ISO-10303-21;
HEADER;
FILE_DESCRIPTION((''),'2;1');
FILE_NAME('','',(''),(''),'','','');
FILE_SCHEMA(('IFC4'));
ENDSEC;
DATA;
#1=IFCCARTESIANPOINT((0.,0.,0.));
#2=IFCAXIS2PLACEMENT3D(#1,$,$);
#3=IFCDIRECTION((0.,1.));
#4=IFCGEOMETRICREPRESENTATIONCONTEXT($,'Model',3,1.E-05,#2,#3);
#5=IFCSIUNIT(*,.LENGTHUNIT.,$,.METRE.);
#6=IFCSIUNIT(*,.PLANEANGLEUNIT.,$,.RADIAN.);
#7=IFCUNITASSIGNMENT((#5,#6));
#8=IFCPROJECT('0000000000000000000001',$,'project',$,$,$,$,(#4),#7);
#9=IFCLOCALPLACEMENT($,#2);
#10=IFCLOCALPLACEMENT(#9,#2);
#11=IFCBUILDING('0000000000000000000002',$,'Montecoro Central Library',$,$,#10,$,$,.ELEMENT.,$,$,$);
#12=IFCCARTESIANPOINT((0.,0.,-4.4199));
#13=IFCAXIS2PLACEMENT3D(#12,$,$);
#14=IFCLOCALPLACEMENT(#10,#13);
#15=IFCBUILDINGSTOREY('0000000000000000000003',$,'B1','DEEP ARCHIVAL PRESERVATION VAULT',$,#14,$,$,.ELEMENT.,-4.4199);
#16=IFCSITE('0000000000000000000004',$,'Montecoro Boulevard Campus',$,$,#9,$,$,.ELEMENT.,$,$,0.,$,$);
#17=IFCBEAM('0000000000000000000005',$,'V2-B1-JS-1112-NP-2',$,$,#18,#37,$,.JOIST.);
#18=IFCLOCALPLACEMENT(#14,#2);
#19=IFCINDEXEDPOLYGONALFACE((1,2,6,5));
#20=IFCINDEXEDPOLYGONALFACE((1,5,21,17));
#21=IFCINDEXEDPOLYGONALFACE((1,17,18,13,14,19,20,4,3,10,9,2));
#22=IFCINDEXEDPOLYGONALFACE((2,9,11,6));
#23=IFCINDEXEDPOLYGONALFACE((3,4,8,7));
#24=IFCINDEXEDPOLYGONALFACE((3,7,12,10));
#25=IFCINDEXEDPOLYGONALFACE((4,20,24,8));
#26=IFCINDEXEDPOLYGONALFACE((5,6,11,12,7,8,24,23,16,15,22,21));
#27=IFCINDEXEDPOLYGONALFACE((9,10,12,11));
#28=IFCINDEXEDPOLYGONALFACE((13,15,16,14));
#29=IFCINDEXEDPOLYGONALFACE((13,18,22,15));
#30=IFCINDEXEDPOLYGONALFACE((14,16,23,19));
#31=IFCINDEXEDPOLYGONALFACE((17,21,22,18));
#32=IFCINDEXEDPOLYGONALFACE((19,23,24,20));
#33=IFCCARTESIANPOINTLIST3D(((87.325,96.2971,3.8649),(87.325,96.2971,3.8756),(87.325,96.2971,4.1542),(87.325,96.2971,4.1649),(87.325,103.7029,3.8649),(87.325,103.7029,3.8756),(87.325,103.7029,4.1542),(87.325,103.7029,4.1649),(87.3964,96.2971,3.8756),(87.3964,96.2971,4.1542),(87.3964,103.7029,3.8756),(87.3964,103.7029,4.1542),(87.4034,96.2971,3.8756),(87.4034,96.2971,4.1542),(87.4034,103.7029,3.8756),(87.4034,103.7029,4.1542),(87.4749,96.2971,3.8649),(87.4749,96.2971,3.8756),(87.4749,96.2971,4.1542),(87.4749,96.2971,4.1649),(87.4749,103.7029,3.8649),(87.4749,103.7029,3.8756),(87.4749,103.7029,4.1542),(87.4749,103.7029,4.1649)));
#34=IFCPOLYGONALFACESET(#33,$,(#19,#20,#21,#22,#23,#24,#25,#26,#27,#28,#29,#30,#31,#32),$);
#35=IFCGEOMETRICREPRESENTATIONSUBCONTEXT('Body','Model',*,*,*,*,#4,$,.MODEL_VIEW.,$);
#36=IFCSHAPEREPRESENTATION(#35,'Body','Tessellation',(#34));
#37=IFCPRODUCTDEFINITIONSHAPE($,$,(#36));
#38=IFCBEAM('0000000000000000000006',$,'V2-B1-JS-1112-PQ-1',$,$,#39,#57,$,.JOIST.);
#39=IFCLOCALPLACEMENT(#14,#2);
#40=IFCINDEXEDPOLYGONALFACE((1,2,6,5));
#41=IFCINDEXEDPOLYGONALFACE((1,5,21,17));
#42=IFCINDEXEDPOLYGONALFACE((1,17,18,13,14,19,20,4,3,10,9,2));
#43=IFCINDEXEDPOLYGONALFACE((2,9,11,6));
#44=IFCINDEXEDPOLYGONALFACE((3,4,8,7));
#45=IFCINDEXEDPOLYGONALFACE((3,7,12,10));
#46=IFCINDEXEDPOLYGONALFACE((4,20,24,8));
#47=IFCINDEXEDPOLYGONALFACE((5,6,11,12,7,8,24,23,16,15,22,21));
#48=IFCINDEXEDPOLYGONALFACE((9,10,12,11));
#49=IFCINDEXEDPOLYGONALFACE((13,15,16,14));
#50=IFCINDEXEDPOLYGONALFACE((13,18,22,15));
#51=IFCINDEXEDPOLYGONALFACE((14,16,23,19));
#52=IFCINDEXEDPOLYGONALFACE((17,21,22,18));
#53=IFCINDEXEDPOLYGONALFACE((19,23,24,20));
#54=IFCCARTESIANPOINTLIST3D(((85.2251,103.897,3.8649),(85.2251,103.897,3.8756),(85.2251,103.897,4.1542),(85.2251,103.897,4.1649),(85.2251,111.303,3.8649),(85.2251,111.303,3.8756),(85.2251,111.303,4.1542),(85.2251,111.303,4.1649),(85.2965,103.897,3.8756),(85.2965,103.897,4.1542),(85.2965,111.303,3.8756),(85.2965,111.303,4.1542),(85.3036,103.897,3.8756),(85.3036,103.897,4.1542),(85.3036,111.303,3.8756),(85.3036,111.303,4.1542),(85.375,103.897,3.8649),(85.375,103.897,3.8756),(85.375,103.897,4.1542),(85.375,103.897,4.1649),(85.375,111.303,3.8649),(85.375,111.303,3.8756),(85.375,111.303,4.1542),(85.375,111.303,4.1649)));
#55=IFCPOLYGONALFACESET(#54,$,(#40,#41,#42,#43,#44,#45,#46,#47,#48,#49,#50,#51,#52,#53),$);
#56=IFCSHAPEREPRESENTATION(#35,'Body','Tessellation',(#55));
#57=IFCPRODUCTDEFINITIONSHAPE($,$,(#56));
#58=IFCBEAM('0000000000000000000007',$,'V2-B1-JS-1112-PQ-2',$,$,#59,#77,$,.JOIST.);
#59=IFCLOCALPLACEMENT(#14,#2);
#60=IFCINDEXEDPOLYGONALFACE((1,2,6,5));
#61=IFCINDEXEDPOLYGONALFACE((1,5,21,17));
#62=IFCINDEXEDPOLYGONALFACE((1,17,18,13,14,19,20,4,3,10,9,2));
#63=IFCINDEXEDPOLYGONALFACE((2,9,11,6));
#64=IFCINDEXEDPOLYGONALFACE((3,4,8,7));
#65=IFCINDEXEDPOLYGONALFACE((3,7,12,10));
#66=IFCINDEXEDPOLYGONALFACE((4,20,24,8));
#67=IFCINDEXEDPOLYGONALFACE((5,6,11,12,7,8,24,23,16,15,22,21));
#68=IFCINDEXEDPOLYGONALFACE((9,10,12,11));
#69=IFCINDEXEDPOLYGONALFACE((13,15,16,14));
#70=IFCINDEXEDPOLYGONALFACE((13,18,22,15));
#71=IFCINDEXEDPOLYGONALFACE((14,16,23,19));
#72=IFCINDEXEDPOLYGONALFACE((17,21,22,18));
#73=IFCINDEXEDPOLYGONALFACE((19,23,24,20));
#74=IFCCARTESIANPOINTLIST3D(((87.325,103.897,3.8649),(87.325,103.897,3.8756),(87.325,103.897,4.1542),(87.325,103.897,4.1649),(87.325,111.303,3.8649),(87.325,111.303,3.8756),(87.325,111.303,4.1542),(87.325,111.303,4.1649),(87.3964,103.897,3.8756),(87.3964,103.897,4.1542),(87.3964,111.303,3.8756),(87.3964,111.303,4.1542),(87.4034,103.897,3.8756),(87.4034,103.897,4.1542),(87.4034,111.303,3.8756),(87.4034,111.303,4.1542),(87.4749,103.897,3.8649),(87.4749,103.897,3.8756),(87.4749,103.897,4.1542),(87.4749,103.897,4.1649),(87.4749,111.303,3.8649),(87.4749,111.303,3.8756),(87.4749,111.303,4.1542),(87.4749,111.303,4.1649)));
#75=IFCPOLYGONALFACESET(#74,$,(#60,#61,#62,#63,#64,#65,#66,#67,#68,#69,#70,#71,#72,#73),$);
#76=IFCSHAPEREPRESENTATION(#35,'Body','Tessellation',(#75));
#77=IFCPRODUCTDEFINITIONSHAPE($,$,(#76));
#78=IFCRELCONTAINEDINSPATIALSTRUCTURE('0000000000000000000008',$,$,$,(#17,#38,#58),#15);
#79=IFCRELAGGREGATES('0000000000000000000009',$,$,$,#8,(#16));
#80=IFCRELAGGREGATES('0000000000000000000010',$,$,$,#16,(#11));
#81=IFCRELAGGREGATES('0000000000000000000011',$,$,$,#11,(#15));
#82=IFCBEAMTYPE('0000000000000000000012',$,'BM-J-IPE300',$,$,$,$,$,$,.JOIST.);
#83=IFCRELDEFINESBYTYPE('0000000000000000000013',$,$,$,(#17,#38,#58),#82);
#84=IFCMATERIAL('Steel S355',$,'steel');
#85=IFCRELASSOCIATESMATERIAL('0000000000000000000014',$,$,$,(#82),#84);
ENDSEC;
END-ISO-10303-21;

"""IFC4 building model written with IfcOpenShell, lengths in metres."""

from ifc_helpers import new_model, si_unit, direction, frame, origin, origin_2d, place, context, subcontext, project, spatial, i_section, extrude, material, material_profile, profile_set, type_object, element, save


model = new_model("IFC4")

# Units and contexts
model_context = context("Model", 3, precision=1e-05, world=origin(), true_north=direction((0.0, 1.0)))
body_context = subcontext(model_context, "Body", "Model", "MODEL_VIEW")
ifc_project = project(units=[si_unit("LENGTHUNIT", "METRE"), si_unit("PLANEANGLEUNIT", "RADIAN")], contexts=[model_context])

# Site, building, storey
site_placement = place(None, origin())
site = spatial("IfcSite", under=ifc_project, at=site_placement, Name="Montecoro Boulevard Campus", CompositionType="ELEMENT", RefElevation=0.0)
building_placement = place(site_placement, origin())
building = spatial("IfcBuilding", under=site, at=building_placement, Name="Montecoro Central Library", CompositionType="ELEMENT")
storey_placement = place(building_placement, frame((0.0, 0.0, -4.4199)))
storey = spatial("IfcBuildingStorey", under=building, at=storey_placement, Name="B1", Description="DEEP ARCHIVAL PRESERVATION VAULT", CompositionType="ELEMENT", Elevation=-4.4199)

# Beams
ifc_material_1 = material(Name="Steel S355", Category="steel")
ifc_material_profile_1 = material_profile(ifc_material_1, i_section(OverallWidth=0.1499, OverallDepth=0.3, WebThickness=0.0071, FlangeThickness=0.0107, at=origin_2d()), Name="IPE 300")
ifc_profile_set_1 = profile_set([ifc_material_profile_1], Name="Steel S355")
beam_type_1 = type_object("IfcBeamType", Name="BM-J-IPE300", PredefinedType="JOIST", material=ifc_profile_set_1)
for number, where, z_axis, x_axis, name in (
    (1, (87.3999, 96.2971, 4.0149), (0.0, 1.0, 0.0), (-1.0, 0.0, 0.0), "V2-B1-JS-1112-NP-2"),
):
    element("IfcBeam", number, at=place(storey_placement, frame(where, z_axis=z_axis, x_axis=x_axis)), inside=storey, type_object=beam_type_1, Name=name, PredefinedType="JOIST", context=body_context, shape_type="SweptSolid", body=[
        extrude(i_section(OverallWidth=0.1499, OverallDepth=0.3, WebThickness=0.0071, FlangeThickness=0.0107, at=origin_2d()), origin(), (0.0, 0.0, 1.0), 7.4058),
    ])
for number, where, z_axis, x_axis, name in (
    (2, (85.3, 103.897, 4.0149), (0.0, 1.0, 0.0), (-1.0, 0.0, 0.0), "V2-B1-JS-1112-PQ-1"),
    (3, (87.3999, 103.897, 4.0149), (0.0, 1.0, 0.0), (-1.0, 0.0, 0.0), "V2-B1-JS-1112-PQ-2"),
):
    element("IfcBeam", number, at=place(storey_placement, frame(where, z_axis=z_axis, x_axis=x_axis)), inside=storey, type_object=beam_type_1, Name=name, PredefinedType="JOIST", context=body_context, shape_type="SweptSolid", body=[
        extrude(i_section(OverallWidth=0.1499, OverallDepth=0.3, WebThickness=0.0071, FlangeThickness=0.0107, at=origin_2d()), origin(), (0.0, 0.0, 1.0), 7.406),
    ])

save(model, "model.ifc")
